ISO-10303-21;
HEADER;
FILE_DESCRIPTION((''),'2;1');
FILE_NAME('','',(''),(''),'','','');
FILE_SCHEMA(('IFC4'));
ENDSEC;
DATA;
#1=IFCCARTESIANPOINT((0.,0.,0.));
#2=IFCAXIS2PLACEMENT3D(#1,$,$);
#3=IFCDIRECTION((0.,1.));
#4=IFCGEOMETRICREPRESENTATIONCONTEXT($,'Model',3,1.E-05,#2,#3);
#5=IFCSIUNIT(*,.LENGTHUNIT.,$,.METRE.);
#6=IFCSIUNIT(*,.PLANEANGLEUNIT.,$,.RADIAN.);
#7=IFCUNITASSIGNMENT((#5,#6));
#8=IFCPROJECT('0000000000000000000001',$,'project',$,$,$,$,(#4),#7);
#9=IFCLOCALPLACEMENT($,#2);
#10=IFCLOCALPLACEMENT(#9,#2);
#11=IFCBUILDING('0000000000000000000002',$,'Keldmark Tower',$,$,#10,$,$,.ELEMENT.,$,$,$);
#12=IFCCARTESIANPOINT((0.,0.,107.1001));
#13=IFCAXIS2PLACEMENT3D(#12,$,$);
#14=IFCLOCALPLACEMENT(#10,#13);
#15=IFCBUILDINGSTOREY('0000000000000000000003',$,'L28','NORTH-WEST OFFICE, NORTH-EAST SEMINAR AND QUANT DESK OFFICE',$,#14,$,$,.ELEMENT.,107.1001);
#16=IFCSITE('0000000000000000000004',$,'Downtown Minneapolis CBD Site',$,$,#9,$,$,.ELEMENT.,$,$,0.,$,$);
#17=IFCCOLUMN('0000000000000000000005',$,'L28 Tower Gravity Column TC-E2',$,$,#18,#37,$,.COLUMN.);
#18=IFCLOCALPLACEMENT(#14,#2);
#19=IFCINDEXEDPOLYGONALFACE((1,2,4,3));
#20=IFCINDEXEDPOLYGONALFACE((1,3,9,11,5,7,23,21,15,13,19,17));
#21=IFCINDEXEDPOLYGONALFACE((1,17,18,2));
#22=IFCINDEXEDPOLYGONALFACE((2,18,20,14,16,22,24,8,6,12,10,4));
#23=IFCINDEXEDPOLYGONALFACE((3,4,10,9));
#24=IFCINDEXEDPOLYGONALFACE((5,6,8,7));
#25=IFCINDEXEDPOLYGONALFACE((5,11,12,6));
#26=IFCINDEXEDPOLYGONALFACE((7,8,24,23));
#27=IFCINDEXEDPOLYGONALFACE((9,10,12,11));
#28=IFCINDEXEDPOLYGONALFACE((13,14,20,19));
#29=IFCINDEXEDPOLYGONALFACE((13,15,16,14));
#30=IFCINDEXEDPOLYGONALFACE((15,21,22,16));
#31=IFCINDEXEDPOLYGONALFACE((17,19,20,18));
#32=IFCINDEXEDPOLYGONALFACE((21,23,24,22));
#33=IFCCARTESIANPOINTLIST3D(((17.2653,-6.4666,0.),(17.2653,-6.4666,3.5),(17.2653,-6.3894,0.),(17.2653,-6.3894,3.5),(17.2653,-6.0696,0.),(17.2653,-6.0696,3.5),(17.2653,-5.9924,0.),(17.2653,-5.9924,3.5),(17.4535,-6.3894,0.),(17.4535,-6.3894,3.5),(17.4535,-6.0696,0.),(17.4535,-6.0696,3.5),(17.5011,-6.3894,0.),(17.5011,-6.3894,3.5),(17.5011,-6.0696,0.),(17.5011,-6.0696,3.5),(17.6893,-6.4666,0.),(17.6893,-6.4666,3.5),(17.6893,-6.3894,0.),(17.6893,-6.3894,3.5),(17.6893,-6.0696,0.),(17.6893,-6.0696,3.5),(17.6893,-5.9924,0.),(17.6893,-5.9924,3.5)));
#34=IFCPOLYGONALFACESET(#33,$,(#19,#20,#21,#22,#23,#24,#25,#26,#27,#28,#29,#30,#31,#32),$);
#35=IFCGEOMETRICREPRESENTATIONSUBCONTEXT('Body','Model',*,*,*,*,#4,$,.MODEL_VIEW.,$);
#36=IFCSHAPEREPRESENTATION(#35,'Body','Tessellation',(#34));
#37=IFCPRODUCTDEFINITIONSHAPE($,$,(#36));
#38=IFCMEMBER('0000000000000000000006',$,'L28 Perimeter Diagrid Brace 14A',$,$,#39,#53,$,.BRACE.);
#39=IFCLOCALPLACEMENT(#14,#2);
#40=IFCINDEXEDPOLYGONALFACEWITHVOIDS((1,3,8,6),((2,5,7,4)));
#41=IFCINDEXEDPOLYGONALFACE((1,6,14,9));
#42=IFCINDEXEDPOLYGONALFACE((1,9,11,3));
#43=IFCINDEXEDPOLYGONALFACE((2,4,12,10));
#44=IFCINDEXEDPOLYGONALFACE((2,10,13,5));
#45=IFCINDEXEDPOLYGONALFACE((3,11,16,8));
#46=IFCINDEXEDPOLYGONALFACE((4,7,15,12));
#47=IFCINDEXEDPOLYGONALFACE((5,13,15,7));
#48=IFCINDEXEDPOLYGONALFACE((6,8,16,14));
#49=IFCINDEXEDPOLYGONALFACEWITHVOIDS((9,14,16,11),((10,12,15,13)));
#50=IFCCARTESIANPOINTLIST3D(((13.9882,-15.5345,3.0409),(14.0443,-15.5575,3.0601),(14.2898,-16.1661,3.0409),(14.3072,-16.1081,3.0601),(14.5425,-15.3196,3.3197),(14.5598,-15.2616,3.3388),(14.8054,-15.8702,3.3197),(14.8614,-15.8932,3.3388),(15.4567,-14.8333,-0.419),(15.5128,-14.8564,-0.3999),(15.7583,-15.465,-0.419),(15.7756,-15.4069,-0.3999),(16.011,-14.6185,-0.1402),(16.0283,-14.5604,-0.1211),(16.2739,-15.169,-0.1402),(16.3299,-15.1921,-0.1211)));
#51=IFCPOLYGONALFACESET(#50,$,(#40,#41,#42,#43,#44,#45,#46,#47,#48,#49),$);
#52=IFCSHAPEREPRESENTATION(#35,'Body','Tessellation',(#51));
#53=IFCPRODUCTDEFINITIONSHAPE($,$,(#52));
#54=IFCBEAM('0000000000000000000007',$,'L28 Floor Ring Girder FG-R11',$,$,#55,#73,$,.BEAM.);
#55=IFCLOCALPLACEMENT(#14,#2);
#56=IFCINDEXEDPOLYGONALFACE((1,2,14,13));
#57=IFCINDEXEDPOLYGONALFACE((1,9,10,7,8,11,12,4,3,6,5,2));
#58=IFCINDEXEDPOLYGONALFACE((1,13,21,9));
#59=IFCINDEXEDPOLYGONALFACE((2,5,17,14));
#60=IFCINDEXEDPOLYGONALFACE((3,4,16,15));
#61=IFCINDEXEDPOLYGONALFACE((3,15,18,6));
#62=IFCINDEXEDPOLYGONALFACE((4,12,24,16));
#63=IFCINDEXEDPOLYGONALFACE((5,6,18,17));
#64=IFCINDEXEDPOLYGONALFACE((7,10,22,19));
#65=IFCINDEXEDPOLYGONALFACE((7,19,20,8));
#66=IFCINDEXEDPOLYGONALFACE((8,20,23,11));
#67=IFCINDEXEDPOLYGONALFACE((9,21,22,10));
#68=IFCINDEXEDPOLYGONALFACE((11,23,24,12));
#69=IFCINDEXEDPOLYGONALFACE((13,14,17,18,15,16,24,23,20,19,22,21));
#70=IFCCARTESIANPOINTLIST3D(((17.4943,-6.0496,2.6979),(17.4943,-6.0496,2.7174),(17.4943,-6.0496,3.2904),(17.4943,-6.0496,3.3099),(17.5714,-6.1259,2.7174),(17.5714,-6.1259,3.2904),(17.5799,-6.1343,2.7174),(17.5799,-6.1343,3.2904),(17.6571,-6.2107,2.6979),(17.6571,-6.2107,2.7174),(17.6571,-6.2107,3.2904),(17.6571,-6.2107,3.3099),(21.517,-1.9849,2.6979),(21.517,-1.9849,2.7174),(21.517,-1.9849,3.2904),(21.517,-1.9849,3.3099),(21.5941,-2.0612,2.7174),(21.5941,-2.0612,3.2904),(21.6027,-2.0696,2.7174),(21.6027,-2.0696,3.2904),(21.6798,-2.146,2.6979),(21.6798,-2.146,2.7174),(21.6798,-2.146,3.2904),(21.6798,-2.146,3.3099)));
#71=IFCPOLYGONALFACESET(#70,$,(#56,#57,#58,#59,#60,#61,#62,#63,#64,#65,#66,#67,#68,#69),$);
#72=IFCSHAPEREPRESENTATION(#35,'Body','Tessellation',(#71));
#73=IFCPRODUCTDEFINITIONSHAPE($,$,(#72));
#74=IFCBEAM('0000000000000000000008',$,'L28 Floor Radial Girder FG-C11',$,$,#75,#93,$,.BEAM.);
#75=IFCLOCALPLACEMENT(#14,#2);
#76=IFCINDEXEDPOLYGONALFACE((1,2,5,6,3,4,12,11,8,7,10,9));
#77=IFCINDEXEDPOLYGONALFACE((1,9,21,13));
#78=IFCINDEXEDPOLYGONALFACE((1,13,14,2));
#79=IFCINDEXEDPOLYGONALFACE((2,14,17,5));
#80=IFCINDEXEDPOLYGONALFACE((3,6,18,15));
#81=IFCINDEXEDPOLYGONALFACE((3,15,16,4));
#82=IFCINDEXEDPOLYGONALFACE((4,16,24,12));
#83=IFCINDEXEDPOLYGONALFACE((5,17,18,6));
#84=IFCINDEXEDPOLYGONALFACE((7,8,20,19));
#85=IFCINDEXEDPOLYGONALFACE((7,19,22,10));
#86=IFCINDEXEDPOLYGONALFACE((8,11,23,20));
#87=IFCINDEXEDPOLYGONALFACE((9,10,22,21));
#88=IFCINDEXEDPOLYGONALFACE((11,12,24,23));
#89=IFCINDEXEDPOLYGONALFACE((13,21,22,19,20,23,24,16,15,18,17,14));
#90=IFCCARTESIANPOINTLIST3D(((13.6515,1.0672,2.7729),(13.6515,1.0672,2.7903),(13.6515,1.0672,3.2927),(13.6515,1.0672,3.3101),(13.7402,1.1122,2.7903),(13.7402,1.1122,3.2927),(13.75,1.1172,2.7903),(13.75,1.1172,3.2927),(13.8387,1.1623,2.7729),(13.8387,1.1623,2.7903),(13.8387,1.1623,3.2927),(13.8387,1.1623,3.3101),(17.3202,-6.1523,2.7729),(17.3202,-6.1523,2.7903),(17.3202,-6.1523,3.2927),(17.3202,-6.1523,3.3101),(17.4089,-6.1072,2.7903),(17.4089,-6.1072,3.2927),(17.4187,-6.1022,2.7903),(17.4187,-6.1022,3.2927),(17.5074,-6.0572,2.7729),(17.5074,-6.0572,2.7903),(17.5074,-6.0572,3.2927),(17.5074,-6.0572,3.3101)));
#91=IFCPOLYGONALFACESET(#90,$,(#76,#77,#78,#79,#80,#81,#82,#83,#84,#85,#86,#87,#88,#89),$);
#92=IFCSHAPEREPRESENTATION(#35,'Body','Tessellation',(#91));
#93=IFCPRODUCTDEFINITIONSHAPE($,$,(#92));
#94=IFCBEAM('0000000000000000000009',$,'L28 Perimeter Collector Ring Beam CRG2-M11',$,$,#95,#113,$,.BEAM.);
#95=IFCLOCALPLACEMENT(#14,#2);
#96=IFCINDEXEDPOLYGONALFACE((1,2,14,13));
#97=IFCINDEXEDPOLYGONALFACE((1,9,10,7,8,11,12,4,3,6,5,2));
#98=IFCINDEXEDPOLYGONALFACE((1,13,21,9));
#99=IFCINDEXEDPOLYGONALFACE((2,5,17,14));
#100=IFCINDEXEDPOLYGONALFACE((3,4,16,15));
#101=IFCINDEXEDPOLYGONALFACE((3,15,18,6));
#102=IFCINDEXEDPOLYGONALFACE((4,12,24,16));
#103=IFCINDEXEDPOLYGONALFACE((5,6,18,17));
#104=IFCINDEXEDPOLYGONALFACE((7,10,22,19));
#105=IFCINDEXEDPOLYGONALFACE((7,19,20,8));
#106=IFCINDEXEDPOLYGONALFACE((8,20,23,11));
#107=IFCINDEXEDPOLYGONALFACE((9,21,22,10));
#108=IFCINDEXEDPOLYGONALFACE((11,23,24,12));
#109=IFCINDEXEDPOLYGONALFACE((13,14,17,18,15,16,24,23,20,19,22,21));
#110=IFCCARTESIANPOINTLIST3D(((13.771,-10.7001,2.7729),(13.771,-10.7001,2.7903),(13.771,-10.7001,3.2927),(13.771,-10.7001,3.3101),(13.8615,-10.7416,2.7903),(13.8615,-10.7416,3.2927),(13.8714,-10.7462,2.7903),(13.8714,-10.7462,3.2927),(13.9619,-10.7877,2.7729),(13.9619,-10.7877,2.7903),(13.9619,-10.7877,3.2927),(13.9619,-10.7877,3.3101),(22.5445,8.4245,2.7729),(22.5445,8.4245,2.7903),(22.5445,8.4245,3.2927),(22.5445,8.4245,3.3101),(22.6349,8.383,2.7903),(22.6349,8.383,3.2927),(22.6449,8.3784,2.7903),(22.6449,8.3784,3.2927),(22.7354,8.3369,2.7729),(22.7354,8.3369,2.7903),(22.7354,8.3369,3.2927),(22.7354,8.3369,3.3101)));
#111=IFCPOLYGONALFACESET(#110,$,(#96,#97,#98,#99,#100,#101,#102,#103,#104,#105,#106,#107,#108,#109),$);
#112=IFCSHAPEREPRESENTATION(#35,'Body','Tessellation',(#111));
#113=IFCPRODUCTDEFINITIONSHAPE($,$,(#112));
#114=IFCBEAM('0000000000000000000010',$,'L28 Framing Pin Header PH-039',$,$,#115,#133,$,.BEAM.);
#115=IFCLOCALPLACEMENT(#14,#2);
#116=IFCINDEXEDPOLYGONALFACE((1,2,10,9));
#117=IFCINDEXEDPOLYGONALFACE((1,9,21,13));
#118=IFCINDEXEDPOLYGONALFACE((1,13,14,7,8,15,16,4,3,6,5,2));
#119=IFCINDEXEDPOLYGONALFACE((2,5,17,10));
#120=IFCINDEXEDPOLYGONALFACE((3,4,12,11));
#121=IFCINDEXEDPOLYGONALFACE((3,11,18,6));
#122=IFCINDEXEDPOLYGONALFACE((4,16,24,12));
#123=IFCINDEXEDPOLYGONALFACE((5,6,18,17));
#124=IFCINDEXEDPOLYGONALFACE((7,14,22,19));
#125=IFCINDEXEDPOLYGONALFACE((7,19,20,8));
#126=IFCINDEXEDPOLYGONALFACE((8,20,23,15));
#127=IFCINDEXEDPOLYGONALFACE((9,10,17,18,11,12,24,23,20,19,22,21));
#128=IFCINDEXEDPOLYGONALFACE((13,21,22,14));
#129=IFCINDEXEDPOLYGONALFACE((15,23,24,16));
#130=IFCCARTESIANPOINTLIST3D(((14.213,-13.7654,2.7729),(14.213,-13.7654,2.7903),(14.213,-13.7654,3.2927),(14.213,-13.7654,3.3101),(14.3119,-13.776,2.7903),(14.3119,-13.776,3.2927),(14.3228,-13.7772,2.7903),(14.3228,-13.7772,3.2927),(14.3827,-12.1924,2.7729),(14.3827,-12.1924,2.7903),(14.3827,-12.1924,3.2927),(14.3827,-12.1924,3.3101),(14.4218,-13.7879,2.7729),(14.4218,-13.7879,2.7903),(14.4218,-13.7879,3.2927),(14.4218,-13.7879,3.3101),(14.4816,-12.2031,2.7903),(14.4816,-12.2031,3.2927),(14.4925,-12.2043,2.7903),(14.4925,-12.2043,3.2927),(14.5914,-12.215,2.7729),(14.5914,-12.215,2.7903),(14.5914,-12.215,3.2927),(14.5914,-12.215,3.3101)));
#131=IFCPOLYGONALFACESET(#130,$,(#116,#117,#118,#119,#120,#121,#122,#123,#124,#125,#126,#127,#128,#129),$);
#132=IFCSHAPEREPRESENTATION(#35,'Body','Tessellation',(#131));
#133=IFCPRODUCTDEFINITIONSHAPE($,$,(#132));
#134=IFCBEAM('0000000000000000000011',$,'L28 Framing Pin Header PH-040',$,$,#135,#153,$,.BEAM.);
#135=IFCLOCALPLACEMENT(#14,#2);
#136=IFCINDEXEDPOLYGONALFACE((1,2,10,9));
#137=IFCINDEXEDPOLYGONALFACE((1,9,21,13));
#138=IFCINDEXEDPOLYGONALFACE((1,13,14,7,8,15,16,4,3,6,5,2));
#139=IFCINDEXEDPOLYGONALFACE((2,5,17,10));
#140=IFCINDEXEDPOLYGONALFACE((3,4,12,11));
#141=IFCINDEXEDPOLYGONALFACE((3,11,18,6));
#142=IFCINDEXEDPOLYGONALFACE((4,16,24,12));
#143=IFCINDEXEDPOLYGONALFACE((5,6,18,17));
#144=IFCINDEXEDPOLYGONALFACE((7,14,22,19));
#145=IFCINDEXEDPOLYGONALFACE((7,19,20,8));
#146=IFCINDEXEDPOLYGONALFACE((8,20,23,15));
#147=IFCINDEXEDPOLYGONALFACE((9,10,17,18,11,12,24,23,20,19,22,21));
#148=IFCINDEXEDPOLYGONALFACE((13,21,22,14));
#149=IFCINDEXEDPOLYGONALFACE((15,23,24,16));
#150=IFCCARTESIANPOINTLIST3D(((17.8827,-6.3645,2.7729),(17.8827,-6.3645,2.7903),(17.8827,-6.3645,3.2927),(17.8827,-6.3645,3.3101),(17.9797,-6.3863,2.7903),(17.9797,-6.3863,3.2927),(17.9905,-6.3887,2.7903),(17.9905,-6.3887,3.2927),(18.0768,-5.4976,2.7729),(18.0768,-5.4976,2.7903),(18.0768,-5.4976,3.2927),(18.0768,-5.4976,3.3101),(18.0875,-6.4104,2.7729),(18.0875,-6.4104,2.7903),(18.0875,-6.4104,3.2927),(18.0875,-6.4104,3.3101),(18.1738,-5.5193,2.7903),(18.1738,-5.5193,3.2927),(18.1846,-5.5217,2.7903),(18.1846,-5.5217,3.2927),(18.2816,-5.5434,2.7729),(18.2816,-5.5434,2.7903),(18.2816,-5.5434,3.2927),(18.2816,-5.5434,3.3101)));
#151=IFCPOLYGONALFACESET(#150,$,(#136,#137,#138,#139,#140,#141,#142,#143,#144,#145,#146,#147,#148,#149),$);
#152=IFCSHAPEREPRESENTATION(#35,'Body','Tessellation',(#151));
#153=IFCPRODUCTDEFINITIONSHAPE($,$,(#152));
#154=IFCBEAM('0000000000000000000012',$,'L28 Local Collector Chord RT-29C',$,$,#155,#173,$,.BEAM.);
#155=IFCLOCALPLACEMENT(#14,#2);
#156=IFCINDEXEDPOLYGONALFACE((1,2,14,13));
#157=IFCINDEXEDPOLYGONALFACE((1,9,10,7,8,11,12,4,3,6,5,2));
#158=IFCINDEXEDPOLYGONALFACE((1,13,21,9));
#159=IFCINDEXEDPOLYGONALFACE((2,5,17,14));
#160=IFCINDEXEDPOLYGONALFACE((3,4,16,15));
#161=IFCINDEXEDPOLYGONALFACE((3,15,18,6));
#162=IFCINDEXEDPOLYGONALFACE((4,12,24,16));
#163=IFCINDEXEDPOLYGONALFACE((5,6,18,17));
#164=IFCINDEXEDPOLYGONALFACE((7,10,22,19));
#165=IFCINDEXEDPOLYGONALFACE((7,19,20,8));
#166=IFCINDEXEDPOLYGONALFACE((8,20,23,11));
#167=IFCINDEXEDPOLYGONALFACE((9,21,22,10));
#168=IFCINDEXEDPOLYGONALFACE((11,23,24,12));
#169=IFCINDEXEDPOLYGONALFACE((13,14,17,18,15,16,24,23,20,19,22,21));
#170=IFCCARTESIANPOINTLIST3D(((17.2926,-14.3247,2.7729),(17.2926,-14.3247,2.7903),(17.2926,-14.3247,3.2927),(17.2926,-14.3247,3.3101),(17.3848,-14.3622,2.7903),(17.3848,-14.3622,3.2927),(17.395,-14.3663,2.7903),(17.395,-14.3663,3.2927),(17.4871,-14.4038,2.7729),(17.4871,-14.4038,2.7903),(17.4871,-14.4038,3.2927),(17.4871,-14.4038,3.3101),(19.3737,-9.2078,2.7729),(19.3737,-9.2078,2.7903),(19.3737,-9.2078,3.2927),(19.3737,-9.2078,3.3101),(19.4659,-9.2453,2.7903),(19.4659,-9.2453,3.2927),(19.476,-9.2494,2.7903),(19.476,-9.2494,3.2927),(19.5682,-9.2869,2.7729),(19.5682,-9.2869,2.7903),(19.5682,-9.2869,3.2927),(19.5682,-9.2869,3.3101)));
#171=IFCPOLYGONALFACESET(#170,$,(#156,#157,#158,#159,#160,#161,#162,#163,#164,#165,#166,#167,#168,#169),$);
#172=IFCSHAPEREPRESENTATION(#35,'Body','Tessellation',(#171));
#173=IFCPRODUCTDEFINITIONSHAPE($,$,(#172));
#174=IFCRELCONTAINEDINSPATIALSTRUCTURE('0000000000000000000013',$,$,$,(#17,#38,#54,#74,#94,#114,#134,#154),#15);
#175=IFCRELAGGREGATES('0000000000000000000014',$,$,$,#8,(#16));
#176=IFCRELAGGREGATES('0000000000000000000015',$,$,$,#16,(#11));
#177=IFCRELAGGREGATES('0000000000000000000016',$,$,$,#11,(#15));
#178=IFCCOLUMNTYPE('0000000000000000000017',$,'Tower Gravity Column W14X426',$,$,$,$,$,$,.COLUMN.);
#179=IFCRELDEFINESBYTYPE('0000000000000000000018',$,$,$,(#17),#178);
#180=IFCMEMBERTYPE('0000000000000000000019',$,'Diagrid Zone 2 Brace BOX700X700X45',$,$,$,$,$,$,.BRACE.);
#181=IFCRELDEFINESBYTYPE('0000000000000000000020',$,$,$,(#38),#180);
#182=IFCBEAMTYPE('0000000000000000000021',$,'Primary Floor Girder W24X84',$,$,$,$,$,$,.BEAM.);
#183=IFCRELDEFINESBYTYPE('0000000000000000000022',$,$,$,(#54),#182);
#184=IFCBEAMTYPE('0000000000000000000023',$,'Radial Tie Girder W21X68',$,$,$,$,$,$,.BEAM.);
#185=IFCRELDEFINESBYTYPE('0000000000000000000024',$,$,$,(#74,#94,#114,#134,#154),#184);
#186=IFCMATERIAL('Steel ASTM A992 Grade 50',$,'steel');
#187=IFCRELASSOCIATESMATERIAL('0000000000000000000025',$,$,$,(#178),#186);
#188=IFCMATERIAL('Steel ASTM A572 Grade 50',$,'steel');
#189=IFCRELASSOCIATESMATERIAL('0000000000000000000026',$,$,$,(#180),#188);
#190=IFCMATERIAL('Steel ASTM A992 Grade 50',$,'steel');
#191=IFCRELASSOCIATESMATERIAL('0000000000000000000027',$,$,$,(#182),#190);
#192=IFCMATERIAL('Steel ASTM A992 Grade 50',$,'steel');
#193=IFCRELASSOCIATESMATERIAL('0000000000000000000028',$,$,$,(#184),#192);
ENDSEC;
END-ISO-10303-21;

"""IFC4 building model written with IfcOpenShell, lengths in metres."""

from ifc_helpers import new_model, si_unit, direction, frame, origin, origin_2d, place, context, subcontext, project, spatial, hollow_rectangle, i_section, extrude, material, material_profile, profile_set, type_object, element, save


model = new_model("IFC4")

# Units and contexts
model_context = context("Model", 3, precision=1e-05, world=origin(), true_north=direction((0.0, 1.0)))
body_context = subcontext(model_context, "Body", "Model", "MODEL_VIEW")
ifc_project = project(units=[si_unit("LENGTHUNIT", "METRE"), si_unit("PLANEANGLEUNIT", "RADIAN")], contexts=[model_context])

# Site, building, storey
site_placement = place(None, origin())
site = spatial("IfcSite", under=ifc_project, at=site_placement, Name="Downtown Minneapolis CBD Site", CompositionType="ELEMENT", RefElevation=0.0)
building_placement = place(site_placement, origin())
building = spatial("IfcBuilding", under=site, at=building_placement, Name="Keldmark Tower", CompositionType="ELEMENT")
storey_placement = place(building_placement, frame((0.0, 0.0, 107.1001)))
storey = spatial("IfcBuildingStorey", under=building, at=storey_placement, Name="L28", Description="NORTH-WEST OFFICE, NORTH-EAST SEMINAR AND QUANT DESK OFFICE", CompositionType="ELEMENT", Elevation=107.1001)

# Column
ifc_material_1 = material(Name="Steel ASTM A992 Grade 50", Category="steel")
ifc_material_profile_1 = material_profile(ifc_material_1, i_section(OverallWidth=0.4241, OverallDepth=0.4741, WebThickness=0.0476, FlangeThickness=0.0771, at=origin_2d()), Name="W14X426")
ifc_profile_set_1 = profile_set([ifc_material_profile_1], Name="Steel ASTM A992 Grade 50")
column_type = type_object("IfcColumnType", Name="Tower Gravity Column W14X426", PredefinedType="COLUMN", material=ifc_profile_set_1)
column_placement = place(storey_placement, frame((17.4773, -6.2295, 0.0), z_axis=(0.0, 0.0, 1.0), x_axis=(1.0, 0.0, 0.0)))
element("IfcColumn", 1, at=column_placement, inside=storey, type_object=column_type, Name="L28 Tower Gravity Column TC-E2", PredefinedType="COLUMN", context=body_context, shape_type="SweptSolid", body=[
    extrude(i_section(OverallWidth=0.4241, OverallDepth=0.4741, WebThickness=0.0476, FlangeThickness=0.0771, at=origin_2d()), origin(), (0.0, 0.0, 1.0), 3.5),
])

# Member
ifc_material_2 = material(Name="Steel ASTM A572 Grade 50", Category="steel")
ifc_material_profile_2 = material_profile(ifc_material_2, hollow_rectangle(XDim=0.7, YDim=0.7, WallThickness=0.0449, at=origin_2d()), Name="BOX700X700X45")
ifc_profile_set_2 = profile_set([ifc_material_profile_2], Name="Steel ASTM A572 Grade 50")
member_type = type_object("IfcMemberType", Name="Diagrid Zone 2 Brace BOX700X700X45", PredefinedType="BRACE", material=ifc_profile_set_2)
member_placement = place(storey_placement, frame((15.8933, -15.0127, -0.27), z_axis=(-0.384069, -0.183383, 0.90491), x_axis=(0.430877, -0.902411, 0.0)))
element("IfcMember", 2, at=member_placement, inside=storey, type_object=member_type, Name="L28 Perimeter Diagrid Brace 14A", PredefinedType="BRACE", context=body_context, shape_type="SweptSolid", body=[
    extrude(hollow_rectangle(XDim=0.7, YDim=0.7, WallThickness=0.0449, at=origin_2d()), origin(), (0.0, 0.0, 1.0), 3.8235),
])

# Beams
ifc_material_3 = material(Name="Steel ASTM A992 Grade 50", Category="steel")
ifc_material_profile_3 = material_profile(ifc_material_3, i_section(OverallWidth=0.229, OverallDepth=0.6121, WebThickness=0.012, FlangeThickness=0.0195, at=origin_2d()), Name="W24X84")
ifc_profile_set_3 = profile_set([ifc_material_profile_3], Name="Steel ASTM A992 Grade 50")
beam_type_1 = type_object("IfcBeamType", Name="Primary Floor Girder W24X84", PredefinedType="BEAM", material=ifc_profile_set_3)
beam_1_placement = place(storey_placement, frame((17.5757, -6.1301, 3.0039), z_axis=(0.703426, 0.710769, 0.0), x_axis=(-0.710769, 0.703426, 0.0)))
element("IfcBeam", 3, at=beam_1_placement, inside=storey, type_object=beam_type_1, Name="L28 Floor Ring Girder FG-R11", PredefinedType="BEAM", context=body_context, shape_type="SweptSolid", body=[
    extrude(i_section(OverallWidth=0.229, OverallDepth=0.6121, WebThickness=0.012, FlangeThickness=0.0195, at=origin_2d()), origin(), (0.0, 0.0, 1.0), 5.7188),
])
ifc_material_4 = material(Name="Steel ASTM A992 Grade 50", Category="steel")
ifc_material_profile_4 = material_profile(ifc_material_4, i_section(OverallWidth=0.21, OverallDepth=0.5371, WebThickness=0.011, FlangeThickness=0.0173, at=origin_2d()), Name="W21X68")
ifc_profile_set_4 = profile_set([ifc_material_profile_4], Name="Steel ASTM A992 Grade 50")
beam_type_2 = type_object("IfcBeamType", Name="Radial Tie Girder W21X68", PredefinedType="BEAM", material=ifc_profile_set_4)
beam_2_placement = place(storey_placement, frame((17.4138, -6.1047, 3.0415), z_axis=(-0.453029, 0.891496, 0.0), x_axis=(-0.891496, -0.453029, 0.0)))
element("IfcBeam", 4, at=beam_2_placement, inside=storey, type_object=beam_type_2, Name="L28 Floor Radial Girder FG-C11", PredefinedType="BEAM", context=body_context, shape_type="SweptSolid", body=[
    extrude(i_section(OverallWidth=0.21, OverallDepth=0.5371, WebThickness=0.011, FlangeThickness=0.0173, at=origin_2d()), origin(), (0.0, 0.0, 1.0), 8.0981),
])
beam_3_placement = place(storey_placement, frame((13.8665, -10.7439, 3.0415), z_axis=(0.41697, 0.90892, 0.0), x_axis=(-0.90892, 0.41697, 0.0)))
element("IfcBeam", 5, at=beam_3_placement, inside=storey, type_object=beam_type_2, Name="L28 Perimeter Collector Ring Beam CRG2-M11", PredefinedType="BEAM", context=body_context, shape_type="SweptSolid", body=[
    extrude(i_section(OverallWidth=0.21, OverallDepth=0.5371, WebThickness=0.011, FlangeThickness=0.0173, at=origin_2d()), origin(), (0.0, 0.0, 1.0), 21.041),
])
beam_4_placement = place(storey_placement, frame((14.3174, -13.7766, 3.0415), z_axis=(0.107247, 0.994232, 0.0), x_axis=(-0.994232, 0.107247, 0.0)))
element("IfcBeam", 6, at=beam_4_placement, inside=storey, type_object=beam_type_2, Name="L28 Framing Pin Header PH-039", PredefinedType="BEAM", context=body_context, shape_type="SweptSolid", body=[
    extrude(i_section(OverallWidth=0.21, OverallDepth=0.5371, WebThickness=0.011, FlangeThickness=0.0173, at=origin_2d()), origin(), (0.0, 0.0, 1.0), 1.582),
])
beam_5_placement = place(storey_placement, frame((18.1792, -5.5205, 3.0415), z_axis=(-0.218472, -0.975843, 0.0), x_axis=(0.975843, -0.218472, 0.0)))
element("IfcBeam", 7, at=beam_5_placement, inside=storey, type_object=beam_type_2, Name="L28 Framing Pin Header PH-040", PredefinedType="BEAM", context=body_context, shape_type="SweptSolid", body=[
    extrude(i_section(OverallWidth=0.21, OverallDepth=0.5371, WebThickness=0.011, FlangeThickness=0.0173, at=origin_2d()), origin(), (0.0, 0.0, 1.0), 0.8884),
])
beam_6_placement = place(storey_placement, frame((17.3899, -14.3643, 3.0415), z_axis=(0.376734, 0.926322, 0.0), x_axis=(-0.926322, 0.376734, 0.0)))
element("IfcBeam", 8, at=beam_6_placement, inside=storey, type_object=beam_type_2, Name="L28 Local Collector Chord RT-29C", PredefinedType="BEAM", context=body_context, shape_type="SweptSolid", body=[
    extrude(i_section(OverallWidth=0.21, OverallDepth=0.5371, WebThickness=0.011, FlangeThickness=0.0173, at=origin_2d()), origin(), (0.0, 0.0, 1.0), 5.5239),
])

save(model, "model.ifc")
